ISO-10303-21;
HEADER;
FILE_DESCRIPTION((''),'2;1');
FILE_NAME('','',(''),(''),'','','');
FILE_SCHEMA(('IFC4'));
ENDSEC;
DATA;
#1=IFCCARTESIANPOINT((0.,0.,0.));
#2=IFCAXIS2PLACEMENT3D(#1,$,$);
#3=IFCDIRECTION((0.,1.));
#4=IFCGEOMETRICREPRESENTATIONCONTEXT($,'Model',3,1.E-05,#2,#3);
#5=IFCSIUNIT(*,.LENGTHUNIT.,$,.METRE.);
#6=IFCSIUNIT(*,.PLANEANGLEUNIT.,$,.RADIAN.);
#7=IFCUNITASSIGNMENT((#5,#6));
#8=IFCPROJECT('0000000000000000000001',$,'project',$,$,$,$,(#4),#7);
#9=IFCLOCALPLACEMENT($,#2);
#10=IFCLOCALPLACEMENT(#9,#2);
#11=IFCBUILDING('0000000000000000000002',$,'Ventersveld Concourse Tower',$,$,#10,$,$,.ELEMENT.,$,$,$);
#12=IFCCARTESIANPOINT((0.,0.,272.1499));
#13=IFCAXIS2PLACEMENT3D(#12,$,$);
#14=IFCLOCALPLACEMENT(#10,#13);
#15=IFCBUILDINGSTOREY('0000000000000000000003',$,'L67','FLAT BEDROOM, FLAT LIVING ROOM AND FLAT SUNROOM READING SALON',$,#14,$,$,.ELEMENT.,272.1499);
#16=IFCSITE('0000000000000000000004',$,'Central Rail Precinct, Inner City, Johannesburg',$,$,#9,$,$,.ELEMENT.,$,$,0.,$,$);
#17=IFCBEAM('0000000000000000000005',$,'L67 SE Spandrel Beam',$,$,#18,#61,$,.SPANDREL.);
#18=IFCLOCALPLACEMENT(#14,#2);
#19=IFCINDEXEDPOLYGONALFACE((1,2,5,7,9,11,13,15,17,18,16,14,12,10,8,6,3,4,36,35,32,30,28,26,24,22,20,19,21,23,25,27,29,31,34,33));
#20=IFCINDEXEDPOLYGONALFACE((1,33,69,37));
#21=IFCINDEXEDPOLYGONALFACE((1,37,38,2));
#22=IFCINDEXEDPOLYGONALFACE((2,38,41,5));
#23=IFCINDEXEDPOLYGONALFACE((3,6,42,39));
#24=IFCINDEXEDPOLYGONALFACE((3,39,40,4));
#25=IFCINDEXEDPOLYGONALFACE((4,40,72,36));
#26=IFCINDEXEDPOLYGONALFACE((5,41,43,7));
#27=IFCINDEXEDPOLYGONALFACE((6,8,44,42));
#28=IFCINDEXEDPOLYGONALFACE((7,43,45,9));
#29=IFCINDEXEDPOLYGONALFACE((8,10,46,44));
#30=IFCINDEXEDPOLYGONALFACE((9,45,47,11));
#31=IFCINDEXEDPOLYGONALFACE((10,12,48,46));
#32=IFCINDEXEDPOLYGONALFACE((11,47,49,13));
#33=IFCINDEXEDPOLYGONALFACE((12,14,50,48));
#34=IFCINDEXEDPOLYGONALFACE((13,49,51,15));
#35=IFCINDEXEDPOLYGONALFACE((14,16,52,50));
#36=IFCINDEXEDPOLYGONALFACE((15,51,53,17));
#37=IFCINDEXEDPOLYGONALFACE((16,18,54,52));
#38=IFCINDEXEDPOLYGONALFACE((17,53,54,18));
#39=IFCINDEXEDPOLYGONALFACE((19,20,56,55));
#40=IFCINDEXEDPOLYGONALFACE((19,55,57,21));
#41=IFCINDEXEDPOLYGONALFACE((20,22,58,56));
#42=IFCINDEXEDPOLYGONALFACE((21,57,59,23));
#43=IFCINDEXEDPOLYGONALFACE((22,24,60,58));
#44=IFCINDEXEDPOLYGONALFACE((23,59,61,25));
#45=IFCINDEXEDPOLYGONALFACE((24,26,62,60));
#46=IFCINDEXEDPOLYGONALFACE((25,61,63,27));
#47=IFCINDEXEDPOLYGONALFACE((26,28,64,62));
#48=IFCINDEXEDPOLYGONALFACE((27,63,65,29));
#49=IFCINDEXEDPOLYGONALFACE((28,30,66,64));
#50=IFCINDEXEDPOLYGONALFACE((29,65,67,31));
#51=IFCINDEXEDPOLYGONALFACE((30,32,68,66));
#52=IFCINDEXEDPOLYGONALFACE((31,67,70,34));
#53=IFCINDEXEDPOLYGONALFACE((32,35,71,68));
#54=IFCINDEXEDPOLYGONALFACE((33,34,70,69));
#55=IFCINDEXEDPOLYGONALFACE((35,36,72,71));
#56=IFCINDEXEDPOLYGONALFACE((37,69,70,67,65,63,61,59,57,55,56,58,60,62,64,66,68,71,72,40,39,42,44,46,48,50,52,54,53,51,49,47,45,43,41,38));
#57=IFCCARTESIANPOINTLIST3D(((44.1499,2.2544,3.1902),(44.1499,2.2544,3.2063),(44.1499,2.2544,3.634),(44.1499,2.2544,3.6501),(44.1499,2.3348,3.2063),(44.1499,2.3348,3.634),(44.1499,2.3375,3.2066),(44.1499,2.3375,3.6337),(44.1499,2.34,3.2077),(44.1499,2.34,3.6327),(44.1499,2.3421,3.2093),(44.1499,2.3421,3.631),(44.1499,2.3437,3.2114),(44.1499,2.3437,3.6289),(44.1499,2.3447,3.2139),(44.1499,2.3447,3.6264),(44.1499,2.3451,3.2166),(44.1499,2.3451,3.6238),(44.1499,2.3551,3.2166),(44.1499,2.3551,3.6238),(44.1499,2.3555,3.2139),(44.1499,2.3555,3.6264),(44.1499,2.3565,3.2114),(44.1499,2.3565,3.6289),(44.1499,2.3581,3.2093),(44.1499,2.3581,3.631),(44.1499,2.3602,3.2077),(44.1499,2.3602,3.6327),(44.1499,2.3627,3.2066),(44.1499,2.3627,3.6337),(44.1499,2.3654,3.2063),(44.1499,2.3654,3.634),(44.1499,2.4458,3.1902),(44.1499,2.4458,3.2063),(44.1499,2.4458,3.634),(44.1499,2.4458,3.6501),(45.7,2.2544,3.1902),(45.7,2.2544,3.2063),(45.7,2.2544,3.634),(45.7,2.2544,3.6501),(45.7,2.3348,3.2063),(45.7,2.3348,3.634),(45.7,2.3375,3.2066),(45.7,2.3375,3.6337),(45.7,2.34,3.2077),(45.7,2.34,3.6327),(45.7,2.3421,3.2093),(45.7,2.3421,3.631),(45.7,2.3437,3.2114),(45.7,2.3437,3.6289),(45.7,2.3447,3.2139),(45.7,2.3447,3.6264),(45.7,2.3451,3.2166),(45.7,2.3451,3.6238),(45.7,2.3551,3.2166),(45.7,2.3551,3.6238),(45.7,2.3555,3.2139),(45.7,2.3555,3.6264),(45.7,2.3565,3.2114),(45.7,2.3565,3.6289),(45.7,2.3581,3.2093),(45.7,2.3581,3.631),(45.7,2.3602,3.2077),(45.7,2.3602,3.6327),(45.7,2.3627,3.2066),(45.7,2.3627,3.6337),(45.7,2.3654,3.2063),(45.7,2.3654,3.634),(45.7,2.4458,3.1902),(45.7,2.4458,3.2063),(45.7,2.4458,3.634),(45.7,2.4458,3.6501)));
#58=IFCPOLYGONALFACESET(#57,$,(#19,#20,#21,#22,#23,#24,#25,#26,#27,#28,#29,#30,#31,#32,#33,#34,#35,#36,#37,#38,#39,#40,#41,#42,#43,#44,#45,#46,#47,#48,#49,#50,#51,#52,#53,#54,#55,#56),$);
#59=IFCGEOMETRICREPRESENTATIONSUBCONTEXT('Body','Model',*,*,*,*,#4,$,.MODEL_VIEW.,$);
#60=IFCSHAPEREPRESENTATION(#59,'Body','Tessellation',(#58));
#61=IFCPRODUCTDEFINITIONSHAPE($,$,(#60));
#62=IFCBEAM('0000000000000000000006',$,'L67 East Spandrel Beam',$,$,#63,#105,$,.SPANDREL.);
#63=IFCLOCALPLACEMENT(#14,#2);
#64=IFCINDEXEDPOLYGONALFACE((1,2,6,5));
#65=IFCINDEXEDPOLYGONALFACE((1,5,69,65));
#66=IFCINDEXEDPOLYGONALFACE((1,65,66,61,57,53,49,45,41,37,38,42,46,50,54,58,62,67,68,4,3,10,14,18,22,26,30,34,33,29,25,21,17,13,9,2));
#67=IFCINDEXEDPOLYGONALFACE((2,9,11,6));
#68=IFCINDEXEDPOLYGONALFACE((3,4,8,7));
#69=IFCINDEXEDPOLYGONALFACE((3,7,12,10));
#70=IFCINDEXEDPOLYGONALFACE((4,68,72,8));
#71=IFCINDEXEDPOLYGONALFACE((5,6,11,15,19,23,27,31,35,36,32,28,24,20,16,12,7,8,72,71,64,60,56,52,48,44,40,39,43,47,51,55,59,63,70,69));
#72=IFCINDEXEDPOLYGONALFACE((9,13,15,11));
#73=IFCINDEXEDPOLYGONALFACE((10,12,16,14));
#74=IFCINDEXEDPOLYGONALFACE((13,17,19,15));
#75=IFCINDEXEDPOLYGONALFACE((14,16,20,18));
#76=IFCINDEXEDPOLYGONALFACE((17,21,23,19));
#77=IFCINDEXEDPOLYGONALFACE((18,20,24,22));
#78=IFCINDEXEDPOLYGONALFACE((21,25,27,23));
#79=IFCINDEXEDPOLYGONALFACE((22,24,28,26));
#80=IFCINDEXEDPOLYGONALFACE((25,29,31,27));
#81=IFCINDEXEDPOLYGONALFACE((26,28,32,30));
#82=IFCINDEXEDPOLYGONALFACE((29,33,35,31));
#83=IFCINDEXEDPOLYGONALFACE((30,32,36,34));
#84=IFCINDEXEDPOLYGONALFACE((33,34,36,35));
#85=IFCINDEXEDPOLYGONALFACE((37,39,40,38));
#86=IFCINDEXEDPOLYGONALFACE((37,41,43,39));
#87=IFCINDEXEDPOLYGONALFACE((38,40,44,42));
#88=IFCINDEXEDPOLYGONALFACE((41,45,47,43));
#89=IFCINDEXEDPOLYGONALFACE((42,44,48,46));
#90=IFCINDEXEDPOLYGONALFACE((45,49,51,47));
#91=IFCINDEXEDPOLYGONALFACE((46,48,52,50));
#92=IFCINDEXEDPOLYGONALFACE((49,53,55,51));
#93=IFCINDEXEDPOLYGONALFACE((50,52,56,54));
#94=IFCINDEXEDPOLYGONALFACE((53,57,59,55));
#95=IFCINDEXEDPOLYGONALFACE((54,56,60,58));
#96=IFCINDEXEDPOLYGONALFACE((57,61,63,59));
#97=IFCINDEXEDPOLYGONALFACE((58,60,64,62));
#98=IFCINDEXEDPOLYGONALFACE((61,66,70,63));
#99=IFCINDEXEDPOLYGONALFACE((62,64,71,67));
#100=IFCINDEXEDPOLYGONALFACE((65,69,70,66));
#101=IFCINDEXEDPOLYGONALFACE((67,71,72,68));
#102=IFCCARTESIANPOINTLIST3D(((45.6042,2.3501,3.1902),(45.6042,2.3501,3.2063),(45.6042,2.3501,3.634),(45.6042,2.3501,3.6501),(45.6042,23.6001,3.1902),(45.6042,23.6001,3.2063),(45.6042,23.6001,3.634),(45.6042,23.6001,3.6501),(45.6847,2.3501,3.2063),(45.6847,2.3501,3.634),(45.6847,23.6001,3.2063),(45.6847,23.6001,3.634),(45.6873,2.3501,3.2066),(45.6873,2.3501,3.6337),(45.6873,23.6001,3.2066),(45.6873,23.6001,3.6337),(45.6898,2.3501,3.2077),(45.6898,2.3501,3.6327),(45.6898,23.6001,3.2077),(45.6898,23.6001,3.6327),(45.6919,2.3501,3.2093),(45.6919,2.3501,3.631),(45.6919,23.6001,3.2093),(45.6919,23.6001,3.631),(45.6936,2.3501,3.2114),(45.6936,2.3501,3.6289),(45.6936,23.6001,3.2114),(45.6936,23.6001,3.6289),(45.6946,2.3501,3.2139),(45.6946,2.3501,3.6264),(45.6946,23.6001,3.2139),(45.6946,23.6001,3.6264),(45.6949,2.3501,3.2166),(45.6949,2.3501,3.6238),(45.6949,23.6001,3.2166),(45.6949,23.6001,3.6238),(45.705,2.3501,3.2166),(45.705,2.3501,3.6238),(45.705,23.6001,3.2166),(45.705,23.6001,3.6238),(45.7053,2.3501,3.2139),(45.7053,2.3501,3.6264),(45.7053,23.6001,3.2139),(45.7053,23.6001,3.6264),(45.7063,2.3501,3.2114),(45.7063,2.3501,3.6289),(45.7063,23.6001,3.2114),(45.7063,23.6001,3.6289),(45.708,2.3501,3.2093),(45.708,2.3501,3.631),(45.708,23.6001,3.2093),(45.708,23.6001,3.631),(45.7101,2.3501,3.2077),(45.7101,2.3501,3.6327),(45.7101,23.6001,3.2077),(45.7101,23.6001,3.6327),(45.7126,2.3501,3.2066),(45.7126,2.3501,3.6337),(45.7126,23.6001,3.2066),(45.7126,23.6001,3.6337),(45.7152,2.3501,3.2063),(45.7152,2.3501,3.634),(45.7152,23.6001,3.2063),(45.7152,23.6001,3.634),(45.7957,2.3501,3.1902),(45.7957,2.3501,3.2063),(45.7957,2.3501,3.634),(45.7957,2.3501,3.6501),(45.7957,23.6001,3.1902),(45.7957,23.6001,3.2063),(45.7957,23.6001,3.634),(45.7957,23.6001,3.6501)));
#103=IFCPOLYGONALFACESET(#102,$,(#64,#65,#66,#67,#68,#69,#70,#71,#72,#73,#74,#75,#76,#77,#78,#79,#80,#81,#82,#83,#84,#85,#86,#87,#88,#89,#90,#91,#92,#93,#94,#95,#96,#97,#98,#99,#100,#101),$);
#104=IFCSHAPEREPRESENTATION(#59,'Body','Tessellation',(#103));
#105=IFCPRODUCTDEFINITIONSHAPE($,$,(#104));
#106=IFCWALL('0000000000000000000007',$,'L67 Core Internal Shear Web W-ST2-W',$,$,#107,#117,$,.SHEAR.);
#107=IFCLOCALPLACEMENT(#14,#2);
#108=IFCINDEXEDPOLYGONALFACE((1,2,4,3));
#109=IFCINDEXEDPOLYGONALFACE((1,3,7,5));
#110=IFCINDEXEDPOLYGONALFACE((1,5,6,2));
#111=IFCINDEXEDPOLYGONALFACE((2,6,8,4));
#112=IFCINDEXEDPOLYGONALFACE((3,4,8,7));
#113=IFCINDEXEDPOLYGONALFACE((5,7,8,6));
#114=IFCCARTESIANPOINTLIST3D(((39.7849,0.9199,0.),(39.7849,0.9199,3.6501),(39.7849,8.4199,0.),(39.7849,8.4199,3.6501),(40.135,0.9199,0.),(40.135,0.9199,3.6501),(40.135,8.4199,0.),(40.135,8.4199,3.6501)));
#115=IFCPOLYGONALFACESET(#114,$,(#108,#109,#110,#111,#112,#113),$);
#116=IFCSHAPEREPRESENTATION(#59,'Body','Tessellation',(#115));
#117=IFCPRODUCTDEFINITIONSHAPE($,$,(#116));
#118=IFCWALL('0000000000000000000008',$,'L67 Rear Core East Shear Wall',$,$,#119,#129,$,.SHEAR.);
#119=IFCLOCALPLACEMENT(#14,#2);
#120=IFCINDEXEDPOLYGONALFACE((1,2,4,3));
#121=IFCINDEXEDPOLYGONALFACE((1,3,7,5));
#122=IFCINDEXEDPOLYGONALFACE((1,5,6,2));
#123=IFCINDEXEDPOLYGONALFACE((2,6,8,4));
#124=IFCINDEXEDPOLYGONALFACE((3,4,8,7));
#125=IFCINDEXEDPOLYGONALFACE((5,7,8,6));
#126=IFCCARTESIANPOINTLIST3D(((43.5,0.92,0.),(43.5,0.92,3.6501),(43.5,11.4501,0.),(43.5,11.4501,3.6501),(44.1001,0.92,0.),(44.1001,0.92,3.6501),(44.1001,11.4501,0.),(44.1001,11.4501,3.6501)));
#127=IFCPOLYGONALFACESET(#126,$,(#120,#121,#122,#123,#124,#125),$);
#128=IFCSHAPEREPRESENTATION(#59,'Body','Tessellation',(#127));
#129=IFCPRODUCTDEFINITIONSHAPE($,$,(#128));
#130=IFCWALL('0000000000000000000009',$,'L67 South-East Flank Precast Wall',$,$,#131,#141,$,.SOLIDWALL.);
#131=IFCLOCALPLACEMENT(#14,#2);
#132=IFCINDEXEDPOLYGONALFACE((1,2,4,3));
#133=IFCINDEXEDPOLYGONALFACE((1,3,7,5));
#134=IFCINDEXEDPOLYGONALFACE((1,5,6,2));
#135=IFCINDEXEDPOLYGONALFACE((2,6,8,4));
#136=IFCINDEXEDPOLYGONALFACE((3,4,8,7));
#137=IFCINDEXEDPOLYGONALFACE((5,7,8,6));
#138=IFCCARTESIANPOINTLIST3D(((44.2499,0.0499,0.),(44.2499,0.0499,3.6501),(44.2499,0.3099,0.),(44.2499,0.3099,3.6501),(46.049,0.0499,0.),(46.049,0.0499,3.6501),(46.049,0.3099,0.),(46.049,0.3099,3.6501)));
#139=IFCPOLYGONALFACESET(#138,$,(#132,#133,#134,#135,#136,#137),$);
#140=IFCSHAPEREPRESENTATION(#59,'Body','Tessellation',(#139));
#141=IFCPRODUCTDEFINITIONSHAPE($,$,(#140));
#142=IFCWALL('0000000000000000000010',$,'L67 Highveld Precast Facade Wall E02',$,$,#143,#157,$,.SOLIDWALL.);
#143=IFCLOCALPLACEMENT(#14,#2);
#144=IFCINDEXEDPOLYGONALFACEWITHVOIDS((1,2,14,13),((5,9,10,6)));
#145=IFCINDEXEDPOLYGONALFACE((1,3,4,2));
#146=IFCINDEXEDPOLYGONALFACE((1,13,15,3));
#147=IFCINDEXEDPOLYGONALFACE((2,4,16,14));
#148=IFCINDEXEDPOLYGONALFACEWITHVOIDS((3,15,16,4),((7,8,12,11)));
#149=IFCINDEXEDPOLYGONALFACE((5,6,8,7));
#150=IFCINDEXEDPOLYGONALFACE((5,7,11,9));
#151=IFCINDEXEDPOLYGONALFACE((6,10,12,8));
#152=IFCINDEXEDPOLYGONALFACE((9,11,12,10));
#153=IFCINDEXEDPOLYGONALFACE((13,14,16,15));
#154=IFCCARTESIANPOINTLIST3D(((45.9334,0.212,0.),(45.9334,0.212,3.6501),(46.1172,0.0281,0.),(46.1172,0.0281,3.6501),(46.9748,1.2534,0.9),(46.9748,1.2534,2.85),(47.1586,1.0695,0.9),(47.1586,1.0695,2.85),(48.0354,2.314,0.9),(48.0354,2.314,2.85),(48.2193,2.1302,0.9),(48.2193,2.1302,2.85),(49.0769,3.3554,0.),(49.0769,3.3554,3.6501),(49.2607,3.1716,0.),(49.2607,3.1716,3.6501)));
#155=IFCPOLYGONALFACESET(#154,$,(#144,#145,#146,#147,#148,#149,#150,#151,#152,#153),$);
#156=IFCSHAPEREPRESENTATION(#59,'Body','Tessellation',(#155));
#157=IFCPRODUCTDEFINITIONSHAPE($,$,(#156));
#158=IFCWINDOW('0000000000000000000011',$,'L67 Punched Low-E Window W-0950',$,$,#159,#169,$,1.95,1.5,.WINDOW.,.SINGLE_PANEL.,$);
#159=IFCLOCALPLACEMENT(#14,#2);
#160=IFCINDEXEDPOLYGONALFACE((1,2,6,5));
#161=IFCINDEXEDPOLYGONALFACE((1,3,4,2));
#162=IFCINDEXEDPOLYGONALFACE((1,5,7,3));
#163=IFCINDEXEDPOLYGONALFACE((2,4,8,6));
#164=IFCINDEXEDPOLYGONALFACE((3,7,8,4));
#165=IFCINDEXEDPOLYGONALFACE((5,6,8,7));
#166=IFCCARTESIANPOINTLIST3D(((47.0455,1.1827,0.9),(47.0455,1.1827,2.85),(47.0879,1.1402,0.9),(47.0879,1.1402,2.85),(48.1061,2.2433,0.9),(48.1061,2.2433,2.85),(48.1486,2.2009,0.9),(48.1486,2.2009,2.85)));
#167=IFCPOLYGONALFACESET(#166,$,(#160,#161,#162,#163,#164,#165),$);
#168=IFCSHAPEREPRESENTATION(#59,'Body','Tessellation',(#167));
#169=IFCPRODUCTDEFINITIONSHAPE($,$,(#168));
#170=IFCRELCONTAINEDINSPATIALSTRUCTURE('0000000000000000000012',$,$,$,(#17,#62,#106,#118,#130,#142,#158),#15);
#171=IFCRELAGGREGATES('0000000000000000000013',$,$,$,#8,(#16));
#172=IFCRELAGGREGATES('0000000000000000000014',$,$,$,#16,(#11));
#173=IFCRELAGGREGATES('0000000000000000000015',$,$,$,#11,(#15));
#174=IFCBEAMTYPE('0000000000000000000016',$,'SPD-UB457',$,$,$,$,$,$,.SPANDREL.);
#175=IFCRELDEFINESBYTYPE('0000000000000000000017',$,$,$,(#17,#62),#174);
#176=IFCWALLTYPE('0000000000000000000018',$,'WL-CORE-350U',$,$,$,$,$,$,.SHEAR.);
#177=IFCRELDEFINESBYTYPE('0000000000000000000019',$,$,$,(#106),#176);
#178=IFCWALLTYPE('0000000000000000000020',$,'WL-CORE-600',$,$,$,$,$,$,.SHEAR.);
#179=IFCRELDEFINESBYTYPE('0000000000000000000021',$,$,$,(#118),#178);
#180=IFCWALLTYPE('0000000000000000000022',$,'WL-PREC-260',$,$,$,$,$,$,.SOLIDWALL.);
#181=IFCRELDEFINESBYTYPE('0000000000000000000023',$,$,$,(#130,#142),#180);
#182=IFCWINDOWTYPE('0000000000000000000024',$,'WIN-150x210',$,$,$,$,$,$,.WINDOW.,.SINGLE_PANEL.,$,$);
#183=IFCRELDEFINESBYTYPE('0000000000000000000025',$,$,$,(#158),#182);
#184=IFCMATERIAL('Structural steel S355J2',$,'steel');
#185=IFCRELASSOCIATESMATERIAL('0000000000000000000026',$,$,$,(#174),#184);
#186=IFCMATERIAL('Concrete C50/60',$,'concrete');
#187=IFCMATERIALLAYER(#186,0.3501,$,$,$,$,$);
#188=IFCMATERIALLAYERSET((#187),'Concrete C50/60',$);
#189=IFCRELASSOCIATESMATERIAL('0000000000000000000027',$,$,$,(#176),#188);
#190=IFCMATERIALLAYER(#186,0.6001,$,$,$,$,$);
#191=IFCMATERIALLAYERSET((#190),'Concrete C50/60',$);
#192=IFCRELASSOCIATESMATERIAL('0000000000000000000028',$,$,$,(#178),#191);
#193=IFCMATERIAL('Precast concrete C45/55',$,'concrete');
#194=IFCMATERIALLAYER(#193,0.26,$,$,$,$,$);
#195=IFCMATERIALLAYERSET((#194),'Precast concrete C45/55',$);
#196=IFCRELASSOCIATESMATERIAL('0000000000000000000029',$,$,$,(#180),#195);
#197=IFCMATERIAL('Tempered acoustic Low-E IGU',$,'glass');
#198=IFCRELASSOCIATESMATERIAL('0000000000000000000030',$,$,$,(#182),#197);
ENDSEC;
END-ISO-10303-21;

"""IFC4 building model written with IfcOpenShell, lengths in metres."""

from ifc_helpers import new_model, si_unit, direction, frame, frame_2d, origin, origin_2d, place, context, subcontext, project, spatial, rectangle, i_section, extrude, material, layer, layer_set, material_profile, profile_set, type_object, element, fill, save


model = new_model("IFC4")

# Units and contexts
model_context = context("Model", 3, precision=1e-05, world=origin(), true_north=direction((0.0, 1.0)))
body_context = subcontext(model_context, "Body", "Model", "MODEL_VIEW")
ifc_project = project(units=[si_unit("LENGTHUNIT", "METRE"), si_unit("PLANEANGLEUNIT", "RADIAN")], contexts=[model_context])

# Site, building, storey
site_placement = place(None, origin())
site = spatial("IfcSite", under=ifc_project, at=site_placement, Name="Central Rail Precinct, Inner City, Johannesburg", CompositionType="ELEMENT", RefElevation=0.0)
building_placement = place(site_placement, origin())
building = spatial("IfcBuilding", under=site, at=building_placement, Name="Ventersveld Concourse Tower", CompositionType="ELEMENT")
storey_placement = place(building_placement, frame((0.0, 0.0, 272.1499)))
storey = spatial("IfcBuildingStorey", under=building, at=storey_placement, Name="L67", Description="FLAT BEDROOM, FLAT LIVING ROOM AND FLAT SUNROOM READING SALON", CompositionType="ELEMENT", Elevation=272.1499)

# Shared definitions
ifc_material_1 = material(Name="Concrete C50/60", Category="concrete")

# Shared definitions
ifc_material_2 = material(Name="Structural steel S355J2", Category="steel")

# Beams
ifc_material_profile_1 = material_profile(ifc_material_2, i_section(OverallWidth=0.1914, OverallDepth=0.46, WebThickness=0.01, FlangeThickness=0.0161, FilletRadius=0.0103, at=origin_2d()), Name="UB 457x191x82")
ifc_profile_set_1 = profile_set([ifc_material_profile_1], Name="Structural steel S355J2")
beam_type_1 = type_object("IfcBeamType", Name="SPD-UB457", PredefinedType="SPANDREL", material=ifc_profile_set_1)
beam_1_placement = place(storey_placement, frame((44.1499, 2.3501, 3.4202), z_axis=(1.0, 0.0, 0.0), x_axis=(0.0, 1.0, 0.0)))
element("IfcBeam", 1, at=beam_1_placement, inside=storey, type_object=beam_type_1, Name="L67 SE Spandrel Beam", PredefinedType="SPANDREL", context=body_context, shape_type="SweptSolid", body=[
    extrude(i_section(OverallWidth=0.1914, OverallDepth=0.46, WebThickness=0.01, FlangeThickness=0.0161, FilletRadius=0.0103, at=origin_2d()), origin(), (0.0, 0.0, 1.0), 1.55),
])
beam_2_placement = place(storey_placement, frame((45.7, 2.3501, 3.4202), z_axis=(0.0, 1.0, 0.0), x_axis=(-1.0, 0.0, 0.0)))
element("IfcBeam", 2, at=beam_2_placement, inside=storey, type_object=beam_type_1, Name="L67 East Spandrel Beam", PredefinedType="SPANDREL", context=body_context, shape_type="SweptSolid", body=[
    extrude(i_section(OverallWidth=0.1914, OverallDepth=0.46, WebThickness=0.01, FlangeThickness=0.0161, FilletRadius=0.0103, at=origin_2d()), origin(), (0.0, 0.0, 1.0), 21.25),
])

# Walls
ifc_layer_1 = layer(ifc_material_1, 0.3501)
ifc_layer_set_1 = layer_set([ifc_layer_1], Name="Concrete C50/60")
wall_type_1 = type_object("IfcWallType", Name="WL-CORE-350U", PredefinedType="SHEAR", material=ifc_layer_set_1)
wall_1_placement = place(storey_placement, frame((39.96, 0.9199, 0.0), z_axis=(0.0, 0.0, 1.0), x_axis=(0.0, 1.0, 0.0)))
element("IfcWall", 3, at=wall_1_placement, inside=storey, type_object=wall_type_1, Name="L67 Core Internal Shear Web W-ST2-W", PredefinedType="SHEAR", context=body_context, shape_type="SweptSolid", body=[
    extrude(rectangle(XDim=7.5, YDim=0.3501, at=frame_2d((3.75, 0.0))), origin(), (0.0, 0.0, 1.0), 3.6501),
])
ifc_layer_2 = layer(ifc_material_1, 0.6001)
ifc_layer_set_2 = layer_set([ifc_layer_2], Name="Concrete C50/60")
wall_type_2 = type_object("IfcWallType", Name="WL-CORE-600", PredefinedType="SHEAR", material=ifc_layer_set_2)
wall_2_placement = place(storey_placement, frame((43.8, 0.9199, 0.0), z_axis=(0.0, 0.0, 1.0), x_axis=(0.0, 1.0, 0.0)))
element("IfcWall", 4, at=wall_2_placement, inside=storey, type_object=wall_type_2, Name="L67 Rear Core East Shear Wall", PredefinedType="SHEAR", context=body_context, shape_type="SweptSolid", body=[
    extrude(rectangle(XDim=10.53, YDim=0.6001, at=frame_2d((5.2651, 0.0))), origin(), (0.0, 0.0, 1.0), 3.6501),
])
ifc_material_3 = material(Name="Precast concrete C45/55", Category="concrete")
ifc_layer_3 = layer(ifc_material_3, 0.26)
ifc_layer_set_3 = layer_set([ifc_layer_3], Name="Precast concrete C45/55")
wall_type_3 = type_object("IfcWallType", Name="WL-PREC-260", PredefinedType="SOLIDWALL", material=ifc_layer_set_3)
wall_3_placement = place(storey_placement, frame((44.25, 0.1799, 0.0), z_axis=(0.0, 0.0, 1.0), x_axis=(1.0, 0.0, 0.0)))
element("IfcWall", 5, at=wall_3_placement, inside=storey, type_object=wall_type_3, Name="L67 South-East Flank Precast Wall", PredefinedType="SOLIDWALL", context=body_context, shape_type="SweptSolid", body=[
    extrude(rectangle(XDim=1.7991, YDim=0.26, at=frame_2d((0.8994, 0.0))), origin(), (0.0, 0.0, 1.0), 3.6501),
])

# Wall, opening, window
wall_4_placement = place(storey_placement, frame((46.0254, 0.1201, 0.0), z_axis=(0.0, 0.0, 1.0), x_axis=(0.707107, 0.707107, 0.0)))
wall_4 = element("IfcWall", 6, at=wall_4_placement, inside=storey, type_object=wall_type_3, Name="L67 Highveld Precast Facade Wall E02", PredefinedType="SOLIDWALL", context=body_context, shape_type="SweptSolid", body=[
    extrude(rectangle(XDim=4.4456, YDim=0.26, at=frame_2d((2.2227, 0.0))), origin(), (0.0, 0.0, 1.0), 3.6501),
])
opening_1_placement = place(wall_4_placement, frame((1.4727, 0.0, 0.8999)))
opening_1 = element("IfcOpeningElement", 7, at=opening_1_placement, cuts=wall_4, PredefinedType="OPENING", context=body_context, shape_type="SweptSolid", body=[
    extrude(rectangle(XDim=1.5, YDim=1.95, at=frame_2d((0.75, 0.9751))), frame((0.0, 0.1401, 0.0), z_axis=(0.0, -1.0, 0.0), x_axis=(1.0, 0.0, 0.0)), (0.0, 0.0, 1.0), 0.28),
])
ifc_material_4 = material(Name="Tempered acoustic Low-E IGU", Category="glass")
window_type_1 = type_object("IfcWindowType", Name="WIN-150x210", PartitioningType="SINGLE_PANEL", PredefinedType="WINDOW", material=ifc_material_4)
window_1_placement = place(opening_1_placement, origin())
window_1 = element("IfcWindow", 8, at=window_1_placement, inside=storey, type_object=window_type_1, Name="L67 Punched Low-E Window W-0950", OverallHeight=1.95, OverallWidth=1.5, PartitioningType="SINGLE_PANEL", PredefinedType="WINDOW", context=body_context, shape_type="SweptSolid", body=[
    extrude(rectangle(XDim=1.5, YDim=1.95, at=frame_2d((0.75, 0.9751))), frame((0.0, 0.03, 0.0), z_axis=(0.0, -1.0, 0.0), x_axis=(1.0, 0.0, 0.0)), (0.0, 0.0, 1.0), 0.0601),
])
fill(opening_1, window_1)

save(model, "model.ifc")
